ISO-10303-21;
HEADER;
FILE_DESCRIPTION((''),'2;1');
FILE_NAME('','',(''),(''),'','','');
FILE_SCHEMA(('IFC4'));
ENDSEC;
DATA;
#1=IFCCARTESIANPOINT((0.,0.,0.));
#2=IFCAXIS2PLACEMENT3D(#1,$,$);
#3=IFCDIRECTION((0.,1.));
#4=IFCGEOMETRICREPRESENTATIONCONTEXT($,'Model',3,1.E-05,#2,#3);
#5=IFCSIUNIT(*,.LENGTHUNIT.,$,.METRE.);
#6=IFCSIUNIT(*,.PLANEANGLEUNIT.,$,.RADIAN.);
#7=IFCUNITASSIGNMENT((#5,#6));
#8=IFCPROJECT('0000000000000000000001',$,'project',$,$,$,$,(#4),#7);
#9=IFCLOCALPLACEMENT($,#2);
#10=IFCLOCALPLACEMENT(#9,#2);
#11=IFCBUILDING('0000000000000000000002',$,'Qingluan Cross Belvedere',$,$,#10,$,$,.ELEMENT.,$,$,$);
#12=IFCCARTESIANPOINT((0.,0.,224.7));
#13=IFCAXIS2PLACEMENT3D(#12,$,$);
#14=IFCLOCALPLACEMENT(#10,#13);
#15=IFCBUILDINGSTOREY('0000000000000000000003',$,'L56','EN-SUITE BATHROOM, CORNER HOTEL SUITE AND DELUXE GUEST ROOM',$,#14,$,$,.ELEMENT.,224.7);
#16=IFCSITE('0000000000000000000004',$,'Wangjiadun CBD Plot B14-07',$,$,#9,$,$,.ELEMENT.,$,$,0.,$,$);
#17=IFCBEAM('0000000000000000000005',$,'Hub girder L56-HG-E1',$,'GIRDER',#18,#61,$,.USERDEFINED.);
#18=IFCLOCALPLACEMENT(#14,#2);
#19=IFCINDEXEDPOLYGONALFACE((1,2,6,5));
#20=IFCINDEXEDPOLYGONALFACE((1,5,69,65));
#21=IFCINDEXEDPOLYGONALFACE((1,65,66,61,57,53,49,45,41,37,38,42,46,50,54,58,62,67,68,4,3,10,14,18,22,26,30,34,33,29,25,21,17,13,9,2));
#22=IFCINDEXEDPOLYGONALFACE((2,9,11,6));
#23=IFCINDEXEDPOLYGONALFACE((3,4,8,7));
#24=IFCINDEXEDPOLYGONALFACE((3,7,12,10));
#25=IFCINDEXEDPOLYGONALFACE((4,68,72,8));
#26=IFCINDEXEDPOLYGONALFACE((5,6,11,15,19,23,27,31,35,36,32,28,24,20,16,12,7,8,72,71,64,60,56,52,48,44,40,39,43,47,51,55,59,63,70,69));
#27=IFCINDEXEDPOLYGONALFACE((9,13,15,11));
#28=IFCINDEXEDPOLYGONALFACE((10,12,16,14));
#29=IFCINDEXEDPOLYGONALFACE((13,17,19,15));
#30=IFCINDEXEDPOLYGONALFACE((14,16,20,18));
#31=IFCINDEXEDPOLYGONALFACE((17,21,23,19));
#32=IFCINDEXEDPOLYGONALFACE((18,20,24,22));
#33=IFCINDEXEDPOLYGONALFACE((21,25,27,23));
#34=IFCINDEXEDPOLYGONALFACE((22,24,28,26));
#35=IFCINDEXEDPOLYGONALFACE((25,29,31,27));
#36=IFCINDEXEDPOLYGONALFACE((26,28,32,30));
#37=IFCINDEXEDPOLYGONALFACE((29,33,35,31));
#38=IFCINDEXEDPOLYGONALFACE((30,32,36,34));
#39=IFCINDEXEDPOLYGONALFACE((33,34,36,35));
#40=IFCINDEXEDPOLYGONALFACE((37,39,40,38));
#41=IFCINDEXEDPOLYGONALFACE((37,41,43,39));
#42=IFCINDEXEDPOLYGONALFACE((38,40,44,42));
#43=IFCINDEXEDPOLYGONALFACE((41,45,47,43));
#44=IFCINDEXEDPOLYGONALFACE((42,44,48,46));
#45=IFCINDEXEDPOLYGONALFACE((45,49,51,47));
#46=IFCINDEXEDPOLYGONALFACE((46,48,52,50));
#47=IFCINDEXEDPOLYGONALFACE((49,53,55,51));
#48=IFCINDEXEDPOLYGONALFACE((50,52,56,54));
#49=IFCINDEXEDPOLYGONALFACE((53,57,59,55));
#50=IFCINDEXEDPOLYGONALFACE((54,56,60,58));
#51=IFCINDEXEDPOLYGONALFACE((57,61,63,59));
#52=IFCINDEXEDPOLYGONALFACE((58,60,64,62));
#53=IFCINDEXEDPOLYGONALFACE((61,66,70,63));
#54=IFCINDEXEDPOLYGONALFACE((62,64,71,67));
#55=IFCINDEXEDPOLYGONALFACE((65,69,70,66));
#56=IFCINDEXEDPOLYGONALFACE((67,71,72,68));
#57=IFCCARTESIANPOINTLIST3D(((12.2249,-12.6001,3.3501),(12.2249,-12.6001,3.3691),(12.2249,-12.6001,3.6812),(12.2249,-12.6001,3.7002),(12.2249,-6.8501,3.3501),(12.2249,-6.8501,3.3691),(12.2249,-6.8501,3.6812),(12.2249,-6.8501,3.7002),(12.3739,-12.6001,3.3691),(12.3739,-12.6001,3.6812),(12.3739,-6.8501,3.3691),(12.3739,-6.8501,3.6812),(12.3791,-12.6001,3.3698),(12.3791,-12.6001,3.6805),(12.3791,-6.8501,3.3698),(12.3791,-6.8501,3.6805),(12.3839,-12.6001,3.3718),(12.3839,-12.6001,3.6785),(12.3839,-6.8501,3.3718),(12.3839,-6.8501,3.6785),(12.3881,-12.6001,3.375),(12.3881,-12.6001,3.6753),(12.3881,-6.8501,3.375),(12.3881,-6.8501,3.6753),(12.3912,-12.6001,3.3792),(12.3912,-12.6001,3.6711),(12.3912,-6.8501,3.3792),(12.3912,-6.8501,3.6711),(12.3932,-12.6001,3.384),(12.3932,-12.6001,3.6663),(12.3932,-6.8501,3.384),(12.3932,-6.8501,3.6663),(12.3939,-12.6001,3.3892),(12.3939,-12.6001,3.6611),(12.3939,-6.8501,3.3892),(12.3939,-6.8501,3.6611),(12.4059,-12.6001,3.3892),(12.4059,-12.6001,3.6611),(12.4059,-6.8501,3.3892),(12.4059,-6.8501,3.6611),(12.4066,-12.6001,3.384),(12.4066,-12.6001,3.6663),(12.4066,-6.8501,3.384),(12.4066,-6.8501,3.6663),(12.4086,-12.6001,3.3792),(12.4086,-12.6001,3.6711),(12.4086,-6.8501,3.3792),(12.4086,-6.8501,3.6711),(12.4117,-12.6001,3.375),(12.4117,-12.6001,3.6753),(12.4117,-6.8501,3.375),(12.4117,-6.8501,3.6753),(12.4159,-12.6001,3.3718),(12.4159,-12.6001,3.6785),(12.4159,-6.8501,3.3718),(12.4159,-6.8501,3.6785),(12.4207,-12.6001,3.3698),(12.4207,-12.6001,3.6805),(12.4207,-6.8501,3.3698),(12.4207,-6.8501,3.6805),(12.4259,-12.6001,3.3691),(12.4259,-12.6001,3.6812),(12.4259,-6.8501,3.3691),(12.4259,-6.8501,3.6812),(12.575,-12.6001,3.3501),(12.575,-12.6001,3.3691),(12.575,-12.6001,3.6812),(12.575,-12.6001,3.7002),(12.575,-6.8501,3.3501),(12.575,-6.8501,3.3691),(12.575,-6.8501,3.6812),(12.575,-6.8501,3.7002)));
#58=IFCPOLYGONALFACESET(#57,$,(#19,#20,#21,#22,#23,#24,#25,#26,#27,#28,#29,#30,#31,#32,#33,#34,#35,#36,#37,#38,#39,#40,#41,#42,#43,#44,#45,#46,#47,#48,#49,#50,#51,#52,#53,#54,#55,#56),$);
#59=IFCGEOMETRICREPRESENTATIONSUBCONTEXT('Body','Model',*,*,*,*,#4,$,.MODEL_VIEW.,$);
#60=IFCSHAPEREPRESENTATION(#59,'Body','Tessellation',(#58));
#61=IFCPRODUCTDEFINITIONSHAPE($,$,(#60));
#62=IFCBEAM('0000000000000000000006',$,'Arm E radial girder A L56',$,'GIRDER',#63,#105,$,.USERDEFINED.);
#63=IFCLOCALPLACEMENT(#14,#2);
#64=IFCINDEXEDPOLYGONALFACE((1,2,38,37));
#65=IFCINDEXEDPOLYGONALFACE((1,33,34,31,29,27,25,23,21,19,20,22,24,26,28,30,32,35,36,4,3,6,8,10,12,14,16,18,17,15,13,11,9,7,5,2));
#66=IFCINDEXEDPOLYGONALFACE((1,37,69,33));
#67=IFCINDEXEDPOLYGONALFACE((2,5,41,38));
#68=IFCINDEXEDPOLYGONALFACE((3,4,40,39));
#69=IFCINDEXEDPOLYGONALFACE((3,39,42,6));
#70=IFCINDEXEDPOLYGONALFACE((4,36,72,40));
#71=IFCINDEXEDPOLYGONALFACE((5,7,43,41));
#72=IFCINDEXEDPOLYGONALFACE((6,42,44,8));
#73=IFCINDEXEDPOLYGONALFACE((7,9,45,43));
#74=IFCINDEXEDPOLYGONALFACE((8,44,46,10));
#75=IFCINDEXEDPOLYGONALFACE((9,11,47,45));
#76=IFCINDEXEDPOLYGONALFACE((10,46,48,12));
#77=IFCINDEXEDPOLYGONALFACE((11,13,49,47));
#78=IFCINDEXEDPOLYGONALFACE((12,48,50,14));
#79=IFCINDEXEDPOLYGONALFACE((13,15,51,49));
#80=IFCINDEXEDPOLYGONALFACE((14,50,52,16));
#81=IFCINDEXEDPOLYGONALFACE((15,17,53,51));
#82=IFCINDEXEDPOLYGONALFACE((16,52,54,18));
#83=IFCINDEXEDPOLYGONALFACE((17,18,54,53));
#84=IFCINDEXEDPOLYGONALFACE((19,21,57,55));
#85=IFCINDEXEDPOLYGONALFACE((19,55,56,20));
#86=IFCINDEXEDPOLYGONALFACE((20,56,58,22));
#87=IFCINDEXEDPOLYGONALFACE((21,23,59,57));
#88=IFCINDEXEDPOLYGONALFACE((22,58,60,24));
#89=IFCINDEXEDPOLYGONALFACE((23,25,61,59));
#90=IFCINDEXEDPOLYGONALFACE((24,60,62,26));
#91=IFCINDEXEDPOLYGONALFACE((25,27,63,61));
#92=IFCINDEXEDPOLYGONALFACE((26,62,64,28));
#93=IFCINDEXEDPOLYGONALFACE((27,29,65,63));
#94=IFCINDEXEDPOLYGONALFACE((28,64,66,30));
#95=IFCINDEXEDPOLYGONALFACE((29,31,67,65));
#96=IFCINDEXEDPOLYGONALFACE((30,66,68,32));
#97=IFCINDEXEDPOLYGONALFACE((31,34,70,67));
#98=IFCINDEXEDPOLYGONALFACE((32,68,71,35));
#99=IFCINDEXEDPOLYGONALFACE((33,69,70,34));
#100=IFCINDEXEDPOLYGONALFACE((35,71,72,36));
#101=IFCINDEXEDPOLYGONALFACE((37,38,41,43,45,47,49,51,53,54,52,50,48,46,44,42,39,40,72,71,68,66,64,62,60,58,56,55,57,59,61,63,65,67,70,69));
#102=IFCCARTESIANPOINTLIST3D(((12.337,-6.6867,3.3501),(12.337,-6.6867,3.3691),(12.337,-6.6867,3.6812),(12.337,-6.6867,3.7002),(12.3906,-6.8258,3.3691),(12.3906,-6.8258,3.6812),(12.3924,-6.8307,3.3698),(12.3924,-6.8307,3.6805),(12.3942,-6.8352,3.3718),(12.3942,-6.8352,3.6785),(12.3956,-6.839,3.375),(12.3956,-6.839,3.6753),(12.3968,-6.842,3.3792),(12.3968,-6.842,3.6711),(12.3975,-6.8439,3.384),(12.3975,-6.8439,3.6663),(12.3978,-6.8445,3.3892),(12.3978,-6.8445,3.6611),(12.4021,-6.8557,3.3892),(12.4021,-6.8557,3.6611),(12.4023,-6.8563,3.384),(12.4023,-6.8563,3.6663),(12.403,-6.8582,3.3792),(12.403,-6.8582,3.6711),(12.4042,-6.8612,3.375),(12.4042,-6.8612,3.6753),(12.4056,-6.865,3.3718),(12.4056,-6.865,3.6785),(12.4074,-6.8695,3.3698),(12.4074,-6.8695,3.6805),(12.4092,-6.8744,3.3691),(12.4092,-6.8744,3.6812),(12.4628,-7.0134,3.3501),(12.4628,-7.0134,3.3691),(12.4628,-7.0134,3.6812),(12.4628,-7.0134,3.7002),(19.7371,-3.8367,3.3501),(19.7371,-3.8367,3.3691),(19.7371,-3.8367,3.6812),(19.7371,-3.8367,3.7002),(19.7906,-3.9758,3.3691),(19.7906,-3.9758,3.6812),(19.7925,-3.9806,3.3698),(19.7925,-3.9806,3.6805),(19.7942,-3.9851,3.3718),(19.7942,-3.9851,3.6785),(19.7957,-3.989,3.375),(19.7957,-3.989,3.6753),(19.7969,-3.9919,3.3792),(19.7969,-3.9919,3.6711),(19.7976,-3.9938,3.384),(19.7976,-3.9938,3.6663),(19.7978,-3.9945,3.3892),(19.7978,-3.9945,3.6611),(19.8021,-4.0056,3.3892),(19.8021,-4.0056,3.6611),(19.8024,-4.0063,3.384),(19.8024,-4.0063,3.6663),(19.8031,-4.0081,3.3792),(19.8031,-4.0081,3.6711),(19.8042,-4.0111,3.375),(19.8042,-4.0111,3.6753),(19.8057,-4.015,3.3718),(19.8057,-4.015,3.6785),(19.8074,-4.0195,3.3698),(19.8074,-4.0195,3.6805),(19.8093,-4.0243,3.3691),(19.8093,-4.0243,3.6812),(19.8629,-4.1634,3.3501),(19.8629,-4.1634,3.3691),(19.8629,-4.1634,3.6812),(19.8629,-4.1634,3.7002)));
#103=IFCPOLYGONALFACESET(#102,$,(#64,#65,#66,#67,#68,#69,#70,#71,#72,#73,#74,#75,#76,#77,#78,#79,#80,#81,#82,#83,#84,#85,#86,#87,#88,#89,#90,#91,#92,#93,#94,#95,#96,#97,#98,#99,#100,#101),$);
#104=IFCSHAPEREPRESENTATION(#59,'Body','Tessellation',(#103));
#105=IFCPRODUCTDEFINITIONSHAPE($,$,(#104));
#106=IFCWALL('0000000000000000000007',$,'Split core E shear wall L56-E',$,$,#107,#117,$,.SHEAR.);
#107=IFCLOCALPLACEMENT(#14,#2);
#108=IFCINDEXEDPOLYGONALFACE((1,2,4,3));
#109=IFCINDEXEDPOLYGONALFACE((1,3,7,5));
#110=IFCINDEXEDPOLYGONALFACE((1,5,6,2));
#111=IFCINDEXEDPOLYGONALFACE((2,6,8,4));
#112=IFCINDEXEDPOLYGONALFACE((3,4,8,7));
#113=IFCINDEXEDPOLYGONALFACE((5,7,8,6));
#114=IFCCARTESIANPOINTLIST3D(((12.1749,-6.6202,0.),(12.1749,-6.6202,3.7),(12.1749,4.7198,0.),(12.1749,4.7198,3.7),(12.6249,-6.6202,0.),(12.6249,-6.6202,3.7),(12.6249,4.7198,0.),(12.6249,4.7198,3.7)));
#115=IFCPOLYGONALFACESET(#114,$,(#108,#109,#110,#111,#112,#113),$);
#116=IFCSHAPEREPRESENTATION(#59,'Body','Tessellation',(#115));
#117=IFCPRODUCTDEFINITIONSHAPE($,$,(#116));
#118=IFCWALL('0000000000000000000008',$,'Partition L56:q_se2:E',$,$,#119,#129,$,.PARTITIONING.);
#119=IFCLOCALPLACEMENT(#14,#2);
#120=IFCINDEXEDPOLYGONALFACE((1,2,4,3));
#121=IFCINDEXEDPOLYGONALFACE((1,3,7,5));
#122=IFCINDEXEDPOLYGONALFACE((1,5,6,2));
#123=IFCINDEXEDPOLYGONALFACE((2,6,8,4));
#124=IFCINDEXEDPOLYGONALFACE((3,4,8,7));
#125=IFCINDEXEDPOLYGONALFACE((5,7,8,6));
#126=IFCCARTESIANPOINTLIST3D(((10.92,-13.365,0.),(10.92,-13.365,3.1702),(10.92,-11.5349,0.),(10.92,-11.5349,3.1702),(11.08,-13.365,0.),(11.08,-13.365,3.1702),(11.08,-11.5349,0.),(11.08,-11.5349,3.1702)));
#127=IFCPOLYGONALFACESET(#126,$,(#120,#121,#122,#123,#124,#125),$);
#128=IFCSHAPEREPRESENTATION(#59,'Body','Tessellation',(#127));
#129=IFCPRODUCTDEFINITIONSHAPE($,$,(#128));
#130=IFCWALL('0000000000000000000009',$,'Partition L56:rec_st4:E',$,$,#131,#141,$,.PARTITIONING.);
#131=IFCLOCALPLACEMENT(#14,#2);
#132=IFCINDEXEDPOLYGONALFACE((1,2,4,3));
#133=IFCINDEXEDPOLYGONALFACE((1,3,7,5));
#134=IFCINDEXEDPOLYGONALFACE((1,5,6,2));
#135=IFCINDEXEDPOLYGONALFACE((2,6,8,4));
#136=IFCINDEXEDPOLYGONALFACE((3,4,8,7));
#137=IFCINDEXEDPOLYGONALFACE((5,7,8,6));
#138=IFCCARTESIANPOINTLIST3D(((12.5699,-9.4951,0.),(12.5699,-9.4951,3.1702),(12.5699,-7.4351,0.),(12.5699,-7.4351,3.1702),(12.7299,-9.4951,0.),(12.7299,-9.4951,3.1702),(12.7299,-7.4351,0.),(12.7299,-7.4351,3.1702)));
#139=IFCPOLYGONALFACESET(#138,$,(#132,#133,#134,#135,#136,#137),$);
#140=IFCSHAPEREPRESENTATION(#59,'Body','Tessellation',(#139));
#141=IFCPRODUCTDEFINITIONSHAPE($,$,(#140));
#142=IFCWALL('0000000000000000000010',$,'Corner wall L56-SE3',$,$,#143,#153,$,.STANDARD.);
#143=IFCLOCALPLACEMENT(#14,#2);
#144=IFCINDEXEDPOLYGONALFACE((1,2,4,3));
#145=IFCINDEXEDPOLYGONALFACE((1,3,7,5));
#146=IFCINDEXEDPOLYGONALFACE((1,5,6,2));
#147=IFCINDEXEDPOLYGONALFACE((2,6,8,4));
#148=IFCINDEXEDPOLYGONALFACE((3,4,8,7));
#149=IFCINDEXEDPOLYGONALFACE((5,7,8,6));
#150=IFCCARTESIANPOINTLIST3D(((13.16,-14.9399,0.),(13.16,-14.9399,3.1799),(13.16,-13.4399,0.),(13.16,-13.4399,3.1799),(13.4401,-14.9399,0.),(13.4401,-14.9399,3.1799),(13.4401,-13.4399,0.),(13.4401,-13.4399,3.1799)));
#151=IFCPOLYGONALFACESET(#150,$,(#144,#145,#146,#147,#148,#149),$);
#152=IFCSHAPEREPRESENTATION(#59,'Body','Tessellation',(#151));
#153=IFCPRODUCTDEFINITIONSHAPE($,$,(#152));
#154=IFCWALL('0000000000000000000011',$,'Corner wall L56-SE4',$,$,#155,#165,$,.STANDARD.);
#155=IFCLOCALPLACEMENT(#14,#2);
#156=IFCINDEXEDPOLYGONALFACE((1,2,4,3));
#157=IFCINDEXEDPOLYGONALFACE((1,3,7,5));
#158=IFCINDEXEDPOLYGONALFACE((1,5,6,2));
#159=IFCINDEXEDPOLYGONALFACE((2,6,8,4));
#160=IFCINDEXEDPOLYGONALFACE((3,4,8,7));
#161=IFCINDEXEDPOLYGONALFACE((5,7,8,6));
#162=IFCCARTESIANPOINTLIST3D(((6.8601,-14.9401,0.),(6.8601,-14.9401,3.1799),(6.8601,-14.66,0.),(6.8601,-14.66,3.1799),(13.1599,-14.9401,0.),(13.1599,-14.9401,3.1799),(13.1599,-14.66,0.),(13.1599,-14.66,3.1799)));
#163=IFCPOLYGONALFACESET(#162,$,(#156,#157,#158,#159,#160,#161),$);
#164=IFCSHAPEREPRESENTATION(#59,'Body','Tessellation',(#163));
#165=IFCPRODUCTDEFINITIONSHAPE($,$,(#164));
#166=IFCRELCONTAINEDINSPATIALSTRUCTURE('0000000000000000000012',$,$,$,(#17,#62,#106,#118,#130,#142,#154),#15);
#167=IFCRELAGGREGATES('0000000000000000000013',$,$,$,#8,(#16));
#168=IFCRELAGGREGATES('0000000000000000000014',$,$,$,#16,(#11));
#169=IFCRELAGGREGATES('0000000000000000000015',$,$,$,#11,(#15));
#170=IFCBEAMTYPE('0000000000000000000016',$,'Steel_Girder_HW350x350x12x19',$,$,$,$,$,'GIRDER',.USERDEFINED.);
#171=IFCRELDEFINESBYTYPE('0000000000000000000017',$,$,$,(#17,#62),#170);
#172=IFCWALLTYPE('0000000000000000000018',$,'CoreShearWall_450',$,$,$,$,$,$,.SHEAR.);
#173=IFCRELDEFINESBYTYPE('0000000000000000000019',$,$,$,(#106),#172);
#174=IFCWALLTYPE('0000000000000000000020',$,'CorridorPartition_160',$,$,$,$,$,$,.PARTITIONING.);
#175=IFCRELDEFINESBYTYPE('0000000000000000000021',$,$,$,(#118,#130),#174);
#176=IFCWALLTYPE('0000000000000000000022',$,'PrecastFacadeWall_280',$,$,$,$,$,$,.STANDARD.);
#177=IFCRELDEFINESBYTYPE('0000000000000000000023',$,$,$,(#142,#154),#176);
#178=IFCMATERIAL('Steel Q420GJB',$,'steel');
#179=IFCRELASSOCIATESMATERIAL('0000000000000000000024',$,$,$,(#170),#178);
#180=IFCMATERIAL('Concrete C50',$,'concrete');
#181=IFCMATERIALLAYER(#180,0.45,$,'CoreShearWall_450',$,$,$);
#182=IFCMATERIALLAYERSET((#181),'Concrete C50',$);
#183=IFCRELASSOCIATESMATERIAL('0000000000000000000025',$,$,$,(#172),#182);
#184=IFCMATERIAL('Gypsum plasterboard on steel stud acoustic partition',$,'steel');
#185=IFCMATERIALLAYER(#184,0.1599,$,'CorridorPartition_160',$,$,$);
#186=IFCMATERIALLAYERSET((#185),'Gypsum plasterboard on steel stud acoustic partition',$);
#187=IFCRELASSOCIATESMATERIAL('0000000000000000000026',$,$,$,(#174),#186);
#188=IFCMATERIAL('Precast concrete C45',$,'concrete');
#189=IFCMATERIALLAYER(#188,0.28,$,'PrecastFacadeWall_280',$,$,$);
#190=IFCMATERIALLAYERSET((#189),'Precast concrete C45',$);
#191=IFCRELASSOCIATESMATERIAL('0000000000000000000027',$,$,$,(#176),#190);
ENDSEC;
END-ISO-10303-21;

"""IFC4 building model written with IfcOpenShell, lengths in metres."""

from ifc_helpers import new_model, si_unit, direction, frame, frame_2d, origin, origin_2d, place, context, subcontext, project, spatial, rectangle, i_section, extrude, material, layer, layer_set, material_profile, profile_set, type_object, element, save


model = new_model("IFC4")

# Units and contexts
model_context = context("Model", 3, precision=1e-05, world=origin(), true_north=direction((0.0, 1.0)))
body_context = subcontext(model_context, "Body", "Model", "MODEL_VIEW")
ifc_project = project(units=[si_unit("LENGTHUNIT", "METRE"), si_unit("PLANEANGLEUNIT", "RADIAN")], contexts=[model_context])

# Site, building, storey
site_placement = place(None, origin())
site = spatial("IfcSite", under=ifc_project, at=site_placement, Name="Wangjiadun CBD Plot B14-07", CompositionType="ELEMENT", RefElevation=0.0)
building_placement = place(site_placement, origin())
building = spatial("IfcBuilding", under=site, at=building_placement, Name="Qingluan Cross Belvedere", CompositionType="ELEMENT")
storey_placement = place(building_placement, frame((0.0, 0.0, 224.7)))
storey = spatial("IfcBuildingStorey", under=building, at=storey_placement, Name="L56", Description="EN-SUITE BATHROOM, CORNER HOTEL SUITE AND DELUXE GUEST ROOM", CompositionType="ELEMENT", Elevation=224.7)

# Beams
ifc_material_1 = material(Name="Steel Q420GJB", Category="steel")
ifc_material_profile_1 = material_profile(ifc_material_1, i_section(OverallWidth=0.3501, OverallDepth=0.3501, WebThickness=0.012, FlangeThickness=0.019, FilletRadius=0.02, at=origin_2d()), Name="HW350x350x12x19")
ifc_profile_set_1 = profile_set([ifc_material_profile_1], Name="Steel Q420GJB")
beam_type_1 = type_object("IfcBeamType", Name="Steel_Girder_HW350x350x12x19", ElementType="GIRDER", PredefinedType="USERDEFINED", material=ifc_profile_set_1)
beam_1_placement = place(storey_placement, frame((12.3999, -12.6001, 3.5251), z_axis=(0.0, 1.0, 0.0), x_axis=(-1.0, 0.0, 0.0)))
element("IfcBeam", 1, at=beam_1_placement, inside=storey, type_object=beam_type_1, Name="Hub girder L56-HG-E1", ObjectType="GIRDER", PredefinedType="USERDEFINED", context=body_context, shape_type="SweptSolid", body=[
    extrude(i_section(OverallWidth=0.3501, OverallDepth=0.3501, WebThickness=0.012, FlangeThickness=0.019, FilletRadius=0.02, at=origin_2d()), origin(), (0.0, 0.0, 1.0), 5.75),
])
beam_2_placement = place(storey_placement, frame((12.3999, -6.8501, 3.5251), z_axis=(0.933181, 0.359406, 0.0), x_axis=(-0.359406, 0.933181, 0.0)))
element("IfcBeam", 2, at=beam_2_placement, inside=storey, type_object=beam_type_1, Name="Arm E radial girder A L56", ObjectType="GIRDER", PredefinedType="USERDEFINED", context=body_context, shape_type="SweptSolid", body=[
    extrude(i_section(OverallWidth=0.3501, OverallDepth=0.3501, WebThickness=0.012, FlangeThickness=0.019, FilletRadius=0.02, at=origin_2d()), origin(), (0.0, 0.0, 1.0), 7.9299),
])

# Walls
ifc_material_2 = material(Name="Concrete C50", Category="concrete")
ifc_layer_1 = layer(ifc_material_2, 0.45, Name="CoreShearWall_450")
ifc_layer_set_1 = layer_set([ifc_layer_1], Name="Concrete C50")
wall_type_1 = type_object("IfcWallType", Name="CoreShearWall_450", PredefinedType="SHEAR", material=ifc_layer_set_1)
wall_1_placement = place(storey_placement, frame((12.3999, -6.6201, 0.0), z_axis=(0.0, 0.0, 1.0), x_axis=(0.0, 1.0, 0.0)))
element("IfcWall", 3, at=wall_1_placement, inside=storey, type_object=wall_type_1, Name="Split core E shear wall L56-E", PredefinedType="SHEAR", context=body_context, shape_type="SweptSolid", body=[
    extrude(rectangle(XDim=11.3401, YDim=0.45, at=frame_2d((5.6699, 0.0))), origin(), (0.0, 0.0, 1.0), 3.7),
])
ifc_material_3 = material(Name="Gypsum plasterboard on steel stud acoustic partition", Category="steel")
ifc_layer_2 = layer(ifc_material_3, 0.1599, Name="CorridorPartition_160")
ifc_layer_set_2 = layer_set([ifc_layer_2], Name="Gypsum plasterboard on steel stud acoustic partition")
wall_type_2 = type_object("IfcWallType", Name="CorridorPartition_160", PredefinedType="PARTITIONING", material=ifc_layer_set_2)
wall_2_placement = place(storey_placement, frame((11.0, -13.365, 0.0), z_axis=(0.0, 0.0, 1.0), x_axis=(0.0, 1.0, 0.0)))
element("IfcWall", 4, at=wall_2_placement, inside=storey, type_object=wall_type_2, Name="Partition L56:q_se2:E", PredefinedType="PARTITIONING", context=body_context, shape_type="SweptSolid", body=[
    extrude(rectangle(XDim=1.8301, YDim=0.1599, at=frame_2d((0.915, 0.0))), origin(), (0.0, 0.0, 1.0), 3.1702),
])
wall_3_placement = place(storey_placement, frame((12.6499, -9.4951, 0.0), z_axis=(0.0, 0.0, 1.0), x_axis=(0.0, 1.0, 0.0)))
element("IfcWall", 5, at=wall_3_placement, inside=storey, type_object=wall_type_2, Name="Partition L56:rec_st4:E", PredefinedType="PARTITIONING", context=body_context, shape_type="SweptSolid", body=[
    extrude(rectangle(XDim=2.0601, YDim=0.1599, at=frame_2d((1.03, 0.0))), origin(), (0.0, 0.0, 1.0), 3.1702),
])
ifc_material_4 = material(Name="Precast concrete C45", Category="concrete")
ifc_layer_3 = layer(ifc_material_4, 0.28, Name="PrecastFacadeWall_280")
ifc_layer_set_3 = layer_set([ifc_layer_3], Name="Precast concrete C45")
wall_type_3 = type_object("IfcWallType", Name="PrecastFacadeWall_280", PredefinedType="STANDARD", material=ifc_layer_set_3)
wall_4_placement = place(storey_placement, frame((13.3, -13.4399, 0.0), z_axis=(0.0, 0.0, 1.0), x_axis=(0.0, -1.0, 0.0)))
element("IfcWall", 6, at=wall_4_placement, inside=storey, type_object=wall_type_3, Name="Corner wall L56-SE3", PredefinedType="STANDARD", context=body_context, shape_type="SweptSolid", body=[
    extrude(rectangle(XDim=1.5, YDim=0.28, at=frame_2d((0.75, 0.0))), origin(), (0.0, 0.0, 1.0), 3.1799),
])
wall_5_placement = place(storey_placement, frame((13.1599, -14.8, 0.0), z_axis=(0.0, 0.0, 1.0), x_axis=(-1.0, 0.0, 0.0)))
element("IfcWall", 7, at=wall_5_placement, inside=storey, type_object=wall_type_3, Name="Corner wall L56-SE4", PredefinedType="STANDARD", context=body_context, shape_type="SweptSolid", body=[
    extrude(rectangle(XDim=6.2998, YDim=0.28, at=frame_2d((3.1499, 0.0))), origin(), (0.0, 0.0, 1.0), 3.1799),
])

save(model, "model.ifc")
